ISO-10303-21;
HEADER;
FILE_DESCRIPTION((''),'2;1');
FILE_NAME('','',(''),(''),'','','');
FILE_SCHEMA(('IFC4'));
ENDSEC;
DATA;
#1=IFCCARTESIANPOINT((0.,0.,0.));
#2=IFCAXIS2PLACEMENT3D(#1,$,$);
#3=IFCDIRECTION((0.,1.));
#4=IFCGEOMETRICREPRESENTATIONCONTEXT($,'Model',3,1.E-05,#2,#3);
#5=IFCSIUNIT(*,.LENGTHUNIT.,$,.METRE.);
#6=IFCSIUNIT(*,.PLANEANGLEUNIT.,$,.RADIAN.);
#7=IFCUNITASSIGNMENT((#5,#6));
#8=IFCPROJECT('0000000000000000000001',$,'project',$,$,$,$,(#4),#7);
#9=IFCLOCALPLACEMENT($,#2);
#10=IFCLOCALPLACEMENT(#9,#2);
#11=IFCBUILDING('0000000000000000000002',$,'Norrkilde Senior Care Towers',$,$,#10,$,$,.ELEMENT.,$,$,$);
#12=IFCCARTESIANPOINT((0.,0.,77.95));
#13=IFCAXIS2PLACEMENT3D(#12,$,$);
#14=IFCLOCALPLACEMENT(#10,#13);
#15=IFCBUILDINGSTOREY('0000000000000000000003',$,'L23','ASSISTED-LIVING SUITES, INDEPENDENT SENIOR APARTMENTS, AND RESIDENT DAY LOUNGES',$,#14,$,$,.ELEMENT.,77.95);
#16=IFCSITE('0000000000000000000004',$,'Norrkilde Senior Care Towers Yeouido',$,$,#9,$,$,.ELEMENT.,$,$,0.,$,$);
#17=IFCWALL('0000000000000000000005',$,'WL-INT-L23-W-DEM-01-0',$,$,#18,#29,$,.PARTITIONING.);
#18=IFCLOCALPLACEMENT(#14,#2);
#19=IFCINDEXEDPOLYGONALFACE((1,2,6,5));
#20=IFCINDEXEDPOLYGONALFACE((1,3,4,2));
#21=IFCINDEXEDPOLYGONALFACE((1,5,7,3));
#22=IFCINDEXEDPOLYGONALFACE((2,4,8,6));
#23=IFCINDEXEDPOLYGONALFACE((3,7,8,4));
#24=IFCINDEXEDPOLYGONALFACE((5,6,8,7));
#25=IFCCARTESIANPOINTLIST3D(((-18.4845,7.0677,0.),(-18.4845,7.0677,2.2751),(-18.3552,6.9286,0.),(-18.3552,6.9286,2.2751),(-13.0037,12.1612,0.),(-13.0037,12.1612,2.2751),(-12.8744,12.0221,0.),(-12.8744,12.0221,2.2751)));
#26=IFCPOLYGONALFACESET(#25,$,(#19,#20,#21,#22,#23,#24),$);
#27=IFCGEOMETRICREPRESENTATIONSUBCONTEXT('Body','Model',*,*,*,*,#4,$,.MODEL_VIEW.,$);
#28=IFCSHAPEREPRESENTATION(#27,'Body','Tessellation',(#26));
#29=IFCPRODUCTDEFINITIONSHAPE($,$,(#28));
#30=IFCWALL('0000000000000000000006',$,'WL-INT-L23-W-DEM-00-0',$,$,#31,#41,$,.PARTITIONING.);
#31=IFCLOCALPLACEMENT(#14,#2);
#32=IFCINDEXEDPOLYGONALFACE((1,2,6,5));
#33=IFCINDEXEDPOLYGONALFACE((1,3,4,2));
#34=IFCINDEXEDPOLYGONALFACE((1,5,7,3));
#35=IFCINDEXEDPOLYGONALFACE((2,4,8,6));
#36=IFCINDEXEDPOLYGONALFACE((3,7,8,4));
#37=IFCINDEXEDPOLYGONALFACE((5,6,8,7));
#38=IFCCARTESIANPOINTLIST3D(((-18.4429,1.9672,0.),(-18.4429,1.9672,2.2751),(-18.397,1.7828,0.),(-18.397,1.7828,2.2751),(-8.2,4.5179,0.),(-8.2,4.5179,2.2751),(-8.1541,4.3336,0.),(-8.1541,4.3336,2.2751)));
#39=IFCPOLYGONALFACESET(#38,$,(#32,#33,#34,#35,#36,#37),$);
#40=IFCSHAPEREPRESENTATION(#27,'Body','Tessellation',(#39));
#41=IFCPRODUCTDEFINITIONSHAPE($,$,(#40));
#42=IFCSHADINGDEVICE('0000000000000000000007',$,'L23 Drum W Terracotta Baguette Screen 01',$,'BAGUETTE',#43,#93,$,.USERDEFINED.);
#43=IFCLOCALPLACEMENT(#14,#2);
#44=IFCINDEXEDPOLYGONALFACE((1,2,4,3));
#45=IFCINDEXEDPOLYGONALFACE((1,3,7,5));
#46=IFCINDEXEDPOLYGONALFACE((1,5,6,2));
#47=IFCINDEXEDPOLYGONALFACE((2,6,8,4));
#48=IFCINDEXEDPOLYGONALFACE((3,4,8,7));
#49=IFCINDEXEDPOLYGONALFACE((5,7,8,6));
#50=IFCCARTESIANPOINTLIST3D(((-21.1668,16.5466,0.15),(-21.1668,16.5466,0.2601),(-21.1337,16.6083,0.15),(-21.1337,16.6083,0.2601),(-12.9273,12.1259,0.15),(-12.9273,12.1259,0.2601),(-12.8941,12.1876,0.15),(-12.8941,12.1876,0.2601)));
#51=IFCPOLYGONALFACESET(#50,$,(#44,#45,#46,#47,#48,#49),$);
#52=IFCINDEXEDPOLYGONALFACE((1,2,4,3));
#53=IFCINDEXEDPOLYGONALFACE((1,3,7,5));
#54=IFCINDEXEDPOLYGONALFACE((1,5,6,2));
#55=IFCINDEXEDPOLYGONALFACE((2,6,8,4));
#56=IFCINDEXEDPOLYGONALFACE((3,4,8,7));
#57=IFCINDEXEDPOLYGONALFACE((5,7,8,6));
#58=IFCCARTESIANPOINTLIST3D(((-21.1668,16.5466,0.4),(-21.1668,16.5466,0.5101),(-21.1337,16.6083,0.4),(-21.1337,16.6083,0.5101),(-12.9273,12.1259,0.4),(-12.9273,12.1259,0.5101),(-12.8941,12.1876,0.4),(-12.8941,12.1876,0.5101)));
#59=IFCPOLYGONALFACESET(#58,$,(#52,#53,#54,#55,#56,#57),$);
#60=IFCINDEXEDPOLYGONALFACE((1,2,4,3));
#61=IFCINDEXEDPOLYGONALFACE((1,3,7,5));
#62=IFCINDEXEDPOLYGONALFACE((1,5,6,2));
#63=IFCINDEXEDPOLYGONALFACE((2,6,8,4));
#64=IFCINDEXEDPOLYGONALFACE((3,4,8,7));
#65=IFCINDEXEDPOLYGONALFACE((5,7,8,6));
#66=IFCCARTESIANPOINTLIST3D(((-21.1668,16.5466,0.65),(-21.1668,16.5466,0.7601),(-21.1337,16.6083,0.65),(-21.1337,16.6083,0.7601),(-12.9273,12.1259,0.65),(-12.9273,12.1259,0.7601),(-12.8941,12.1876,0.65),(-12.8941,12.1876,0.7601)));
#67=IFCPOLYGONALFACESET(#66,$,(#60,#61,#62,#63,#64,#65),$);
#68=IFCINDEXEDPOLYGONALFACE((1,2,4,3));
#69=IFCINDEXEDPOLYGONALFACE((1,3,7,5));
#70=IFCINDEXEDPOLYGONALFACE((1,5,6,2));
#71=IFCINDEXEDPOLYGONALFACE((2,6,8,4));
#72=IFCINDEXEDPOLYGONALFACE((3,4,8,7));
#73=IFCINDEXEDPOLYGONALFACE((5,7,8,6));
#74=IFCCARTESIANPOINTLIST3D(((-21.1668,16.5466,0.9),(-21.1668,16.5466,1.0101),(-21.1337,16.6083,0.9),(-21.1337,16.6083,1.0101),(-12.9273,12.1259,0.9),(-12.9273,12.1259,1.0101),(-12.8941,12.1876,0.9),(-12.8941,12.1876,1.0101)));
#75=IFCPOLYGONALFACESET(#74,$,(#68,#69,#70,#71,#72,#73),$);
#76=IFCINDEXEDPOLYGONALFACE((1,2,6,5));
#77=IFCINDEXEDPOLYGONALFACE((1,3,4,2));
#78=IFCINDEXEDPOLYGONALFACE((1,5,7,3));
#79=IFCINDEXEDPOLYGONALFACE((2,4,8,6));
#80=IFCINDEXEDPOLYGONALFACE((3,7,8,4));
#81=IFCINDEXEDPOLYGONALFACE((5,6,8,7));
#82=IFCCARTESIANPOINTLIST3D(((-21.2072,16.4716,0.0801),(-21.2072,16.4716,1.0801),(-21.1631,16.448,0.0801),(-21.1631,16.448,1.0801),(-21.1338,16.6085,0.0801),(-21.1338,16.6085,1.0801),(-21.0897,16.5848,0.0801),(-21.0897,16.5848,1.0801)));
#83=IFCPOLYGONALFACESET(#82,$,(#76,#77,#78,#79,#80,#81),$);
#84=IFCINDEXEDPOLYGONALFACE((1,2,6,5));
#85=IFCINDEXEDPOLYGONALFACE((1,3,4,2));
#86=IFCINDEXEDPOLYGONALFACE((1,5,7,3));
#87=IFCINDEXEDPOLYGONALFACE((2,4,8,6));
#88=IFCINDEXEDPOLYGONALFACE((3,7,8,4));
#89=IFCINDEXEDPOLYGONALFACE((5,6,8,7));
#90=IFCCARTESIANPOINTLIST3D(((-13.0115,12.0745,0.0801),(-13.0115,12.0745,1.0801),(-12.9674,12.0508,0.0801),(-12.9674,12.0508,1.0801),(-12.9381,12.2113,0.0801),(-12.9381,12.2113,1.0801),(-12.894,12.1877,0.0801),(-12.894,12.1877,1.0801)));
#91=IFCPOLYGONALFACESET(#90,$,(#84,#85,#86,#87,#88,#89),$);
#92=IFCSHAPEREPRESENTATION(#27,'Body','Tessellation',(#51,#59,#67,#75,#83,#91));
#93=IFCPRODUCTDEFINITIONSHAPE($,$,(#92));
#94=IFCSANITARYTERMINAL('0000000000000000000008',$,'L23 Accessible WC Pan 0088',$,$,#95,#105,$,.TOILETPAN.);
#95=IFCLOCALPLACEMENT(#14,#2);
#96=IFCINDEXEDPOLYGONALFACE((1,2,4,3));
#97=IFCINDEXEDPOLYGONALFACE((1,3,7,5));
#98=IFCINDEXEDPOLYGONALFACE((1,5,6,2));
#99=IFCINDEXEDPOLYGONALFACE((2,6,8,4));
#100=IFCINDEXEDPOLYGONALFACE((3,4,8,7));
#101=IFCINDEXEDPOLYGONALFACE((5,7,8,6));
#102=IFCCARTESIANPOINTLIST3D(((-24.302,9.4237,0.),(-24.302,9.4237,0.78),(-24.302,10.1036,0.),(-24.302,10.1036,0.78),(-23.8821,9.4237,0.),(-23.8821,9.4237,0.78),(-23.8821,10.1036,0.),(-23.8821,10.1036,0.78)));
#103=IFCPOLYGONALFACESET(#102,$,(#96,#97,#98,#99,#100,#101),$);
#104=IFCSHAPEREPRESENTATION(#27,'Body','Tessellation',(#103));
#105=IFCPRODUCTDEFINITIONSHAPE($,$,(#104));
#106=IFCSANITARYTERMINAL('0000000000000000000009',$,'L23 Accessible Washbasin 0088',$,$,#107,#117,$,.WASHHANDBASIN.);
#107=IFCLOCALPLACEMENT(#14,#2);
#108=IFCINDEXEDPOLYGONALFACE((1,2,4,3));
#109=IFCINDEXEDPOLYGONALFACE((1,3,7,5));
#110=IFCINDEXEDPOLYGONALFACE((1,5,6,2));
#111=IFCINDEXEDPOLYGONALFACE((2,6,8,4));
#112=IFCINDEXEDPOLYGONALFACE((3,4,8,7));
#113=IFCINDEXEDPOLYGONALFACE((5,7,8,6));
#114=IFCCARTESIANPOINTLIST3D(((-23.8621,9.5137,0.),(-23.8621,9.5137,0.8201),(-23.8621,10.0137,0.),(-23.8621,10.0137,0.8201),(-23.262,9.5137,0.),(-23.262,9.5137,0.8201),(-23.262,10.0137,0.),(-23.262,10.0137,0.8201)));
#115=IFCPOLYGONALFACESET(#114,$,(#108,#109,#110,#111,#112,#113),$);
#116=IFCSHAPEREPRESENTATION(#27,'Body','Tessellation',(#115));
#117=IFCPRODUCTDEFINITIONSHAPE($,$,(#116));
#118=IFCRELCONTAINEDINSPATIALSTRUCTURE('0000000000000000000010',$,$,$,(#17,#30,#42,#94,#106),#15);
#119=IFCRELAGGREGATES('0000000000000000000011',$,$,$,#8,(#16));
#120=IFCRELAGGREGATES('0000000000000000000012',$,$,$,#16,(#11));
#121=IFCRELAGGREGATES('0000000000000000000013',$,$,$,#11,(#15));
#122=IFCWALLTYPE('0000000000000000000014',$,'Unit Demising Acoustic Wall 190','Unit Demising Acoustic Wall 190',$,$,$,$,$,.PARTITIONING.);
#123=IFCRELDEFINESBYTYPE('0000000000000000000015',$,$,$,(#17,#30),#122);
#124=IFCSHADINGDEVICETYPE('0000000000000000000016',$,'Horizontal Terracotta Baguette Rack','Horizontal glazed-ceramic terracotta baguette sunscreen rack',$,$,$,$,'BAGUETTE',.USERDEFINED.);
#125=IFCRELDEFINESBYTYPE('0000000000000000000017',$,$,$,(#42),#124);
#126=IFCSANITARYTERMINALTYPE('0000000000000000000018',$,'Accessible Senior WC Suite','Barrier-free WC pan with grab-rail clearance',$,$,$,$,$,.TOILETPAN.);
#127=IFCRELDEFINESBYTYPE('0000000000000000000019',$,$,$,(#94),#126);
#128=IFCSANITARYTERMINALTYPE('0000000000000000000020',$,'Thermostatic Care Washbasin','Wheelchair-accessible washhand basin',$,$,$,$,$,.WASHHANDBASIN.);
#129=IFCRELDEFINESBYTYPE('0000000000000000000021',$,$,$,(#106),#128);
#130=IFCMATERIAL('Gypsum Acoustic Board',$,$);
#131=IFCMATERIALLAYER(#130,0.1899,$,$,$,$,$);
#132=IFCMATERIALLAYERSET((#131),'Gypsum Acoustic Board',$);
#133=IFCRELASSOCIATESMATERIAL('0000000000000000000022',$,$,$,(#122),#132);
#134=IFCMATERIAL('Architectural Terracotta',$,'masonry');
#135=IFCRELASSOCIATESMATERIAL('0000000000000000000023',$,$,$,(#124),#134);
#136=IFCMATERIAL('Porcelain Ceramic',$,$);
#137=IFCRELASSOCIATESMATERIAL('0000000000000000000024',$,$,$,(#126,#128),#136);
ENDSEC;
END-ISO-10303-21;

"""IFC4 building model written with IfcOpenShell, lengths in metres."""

from ifc_helpers import new_model, si_unit, direction, frame, frame_2d, origin, origin_2d, place, context, subcontext, project, spatial, rectangle, extrude, source, transform, mapped, material, layer, layer_set, type_object, type_shapes, element, save


model = new_model("IFC4")

# Units and contexts
model_context = context("Model", 3, precision=1e-05, world=origin(), true_north=direction((0.0, 1.0)))
body_context = subcontext(model_context, "Body", "Model", "MODEL_VIEW")
ifc_project = project(units=[si_unit("LENGTHUNIT", "METRE"), si_unit("PLANEANGLEUNIT", "RADIAN")], contexts=[model_context])

# Site, building, storey
site_placement = place(None, origin())
site = spatial("IfcSite", under=ifc_project, at=site_placement, Name="Norrkilde Senior Care Towers Yeouido", CompositionType="ELEMENT", RefElevation=0.0)
building_placement = place(site_placement, origin())
building = spatial("IfcBuilding", under=site, at=building_placement, Name="Norrkilde Senior Care Towers", CompositionType="ELEMENT")
storey_placement = place(building_placement, frame((0.0, 0.0, 77.95)))
storey = spatial("IfcBuildingStorey", under=building, at=storey_placement, Name="L23", Description="ASSISTED-LIVING SUITES, INDEPENDENT SENIOR APARTMENTS, AND RESIDENT DAY LOUNGES", CompositionType="ELEMENT", Elevation=77.95)

# Shared definitions
ifc_material_1 = material(Name="Gypsum Acoustic Board")

# Walls
ifc_layer_1 = layer(ifc_material_1, 0.1899)
ifc_layer_set_1 = layer_set([ifc_layer_1], Name="Gypsum Acoustic Board")
wall_type_1 = type_object("IfcWallType", Name="Unit Demising Acoustic Wall 190", Description="Unit Demising Acoustic Wall 190", PredefinedType="PARTITIONING", material=ifc_layer_set_1)
shared_shape_1 = source(origin(), body_context, "Body", "SweptSolid", [
    extrude(rectangle(XDim=7.4822, YDim=0.1899, at=frame_2d((3.7412, 0.0))), origin(), (0.0, 0.0, 1.0), 2.2751),
])
wall_1_placement = place(storey_placement, frame((-18.4199, 6.998, 0.0), z_axis=(0.0, 0.0, 1.0), x_axis=(0.732509, 0.680758, 0.0)))
element("IfcWall", 1, at=wall_1_placement, inside=storey, type_object=wall_type_1, Name="WL-INT-L23-W-DEM-01-0", PredefinedType="PARTITIONING", context=body_context, shape_type="MappedRepresentation", body=[
    mapped(shared_shape_1, transform((0.0, 0.0, 0.0), x_axis=(1.0, 0.0, 0.0), y_axis=(0.0, 1.0, 0.0), z_axis=(0.0, 0.0, 1.0), scale=1.0)),
])
shared_shape_2 = source(origin(), body_context, "Body", "SweptSolid", [
    extrude(rectangle(XDim=10.5557, YDim=0.1899, at=frame_2d((5.2778, 0.0))), origin(), (0.0, 0.0, 1.0), 2.2751),
])
wall_2_placement = place(storey_placement, frame((-18.4199, 1.875, 0.0), z_axis=(0.0, 0.0, 1.0), x_axis=(0.970364, 0.241648, 0.0)))
element("IfcWall", 2, at=wall_2_placement, inside=storey, type_object=wall_type_1, Name="WL-INT-L23-W-DEM-00-0", PredefinedType="PARTITIONING", context=body_context, shape_type="MappedRepresentation", body=[
    mapped(shared_shape_2, transform((0.0, 0.0, 0.0), x_axis=(1.0, 0.0, 0.0), y_axis=(0.0, 1.0, 0.0), z_axis=(0.0, 0.0, 1.0), scale=1.0)),
])

# Shading device
ifc_material_2 = material(Name="Architectural Terracotta", Category="masonry")
shading_device_type = type_object("IfcShadingDeviceType", Name="Horizontal Terracotta Baguette Rack", Description="Horizontal glazed-ceramic terracotta baguette sunscreen rack", ElementType="BAGUETTE", PredefinedType="USERDEFINED", material=ifc_material_2)
shared_shape_3 = source(origin(), body_context, "Body", "SweptSolid", [
    extrude(rectangle(XDim=0.0701, YDim=0.1101, at=origin_2d()), frame((0.0, 0.0901, 0.125), z_axis=(1.0, 0.0, 0.0), x_axis=(0.0, 1.0, 0.0)), (0.0, 0.0, 1.0), 9.3506),
    extrude(rectangle(XDim=0.0701, YDim=0.1101, at=origin_2d()), frame((0.0, 0.0901, 0.375), z_axis=(1.0, 0.0, 0.0), x_axis=(0.0, 1.0, 0.0)), (0.0, 0.0, 1.0), 9.3506),
    extrude(rectangle(XDim=0.0701, YDim=0.1101, at=origin_2d()), frame((0.0, 0.0901, 0.625), z_axis=(1.0, 0.0, 0.0), x_axis=(0.0, 1.0, 0.0)), (0.0, 0.0, 1.0), 9.3506),
    extrude(rectangle(XDim=0.0701, YDim=0.1101, at=origin_2d()), frame((0.0, 0.0901, 0.875), z_axis=(1.0, 0.0, 0.0), x_axis=(0.0, 1.0, 0.0)), (0.0, 0.0, 1.0), 9.3506),
    extrude(rectangle(XDim=0.05, YDim=0.1553, at=origin_2d()), frame((0.0249, 0.0476, 0.0)), (0.0, 0.0, 1.0), 1.0),
    extrude(rectangle(XDim=0.05, YDim=0.1553, at=origin_2d()), frame((9.3257, 0.0476, 0.0)), (0.0, 0.0, 1.0), 1.0),
])
type_shapes(shading_device_type, [shared_shape_3])
shading_device_placement = place(storey_placement, frame((-21.1929, 16.498, 0.0801), z_axis=(0.0, 0.0, 1.0), x_axis=(0.881175, -0.472768, 0.0)))
element("IfcShadingDevice", 3, at=shading_device_placement, inside=storey, type_object=shading_device_type, Name="L23 Drum W Terracotta Baguette Screen 01", ObjectType="BAGUETTE", PredefinedType="USERDEFINED", context=body_context, shape_type="MappedRepresentation", body=[
    mapped(shared_shape_3, transform((0.0, 0.0, 0.0), x_axis=(1.0, 0.0, 0.0), y_axis=(0.0, 1.0, 0.0), z_axis=(0.0, 0.0, 1.0), scale=1.0)),
])

# Sanitary terminals
ifc_material_3 = material(Name="Porcelain Ceramic")
sanitary_terminal_type_1 = type_object("IfcSanitaryTerminalType", Name="Accessible Senior WC Suite", Description="Barrier-free WC pan with grab-rail clearance", PredefinedType="TOILETPAN", material=ifc_material_3)
shared_shape_4 = source(origin(), body_context, "Body", "SweptSolid", [
    extrude(rectangle(XDim=0.4199, YDim=0.6799, at=origin_2d()), origin(), (0.0, 0.0, 1.0), 0.78),
])
type_shapes(sanitary_terminal_type_1, [shared_shape_4])
sanitary_terminal_1_placement = place(storey_placement, frame((-24.092, 9.7637, 0.0), z_axis=(0.0, 0.0, 1.0), x_axis=(1.0, 0.0, 0.0)))
element("IfcSanitaryTerminal", 4, at=sanitary_terminal_1_placement, inside=storey, type_object=sanitary_terminal_type_1, Name="L23 Accessible WC Pan 0088", PredefinedType="TOILETPAN", context=body_context, shape_type="MappedRepresentation", body=[
    mapped(shared_shape_4, transform((0.0, 0.0, 0.0), x_axis=(1.0, 0.0, 0.0), y_axis=(0.0, 1.0, 0.0), z_axis=(0.0, 0.0, 1.0), scale=1.0)),
])
sanitary_terminal_type_2 = type_object("IfcSanitaryTerminalType", Name="Thermostatic Care Washbasin", Description="Wheelchair-accessible washhand basin", PredefinedType="WASHHANDBASIN", material=ifc_material_3)
shared_shape_5 = source(origin(), body_context, "Body", "SweptSolid", [
    extrude(rectangle(XDim=0.6001, YDim=0.5, at=origin_2d()), origin(), (0.0, 0.0, 1.0), 0.8201),
])
type_shapes(sanitary_terminal_type_2, [shared_shape_5])
sanitary_terminal_2_placement = place(storey_placement, frame((-23.562, 9.7637, 0.0), z_axis=(0.0, 0.0, 1.0), x_axis=(1.0, 0.0, 0.0)))
element("IfcSanitaryTerminal", 5, at=sanitary_terminal_2_placement, inside=storey, type_object=sanitary_terminal_type_2, Name="L23 Accessible Washbasin 0088", PredefinedType="WASHHANDBASIN", context=body_context, shape_type="MappedRepresentation", body=[
    mapped(shared_shape_5, transform((0.0, 0.0, 0.0), x_axis=(1.0, 0.0, 0.0), y_axis=(0.0, 1.0, 0.0), z_axis=(0.0, 0.0, 1.0), scale=1.0)),
])

save(model, "model.ifc")
